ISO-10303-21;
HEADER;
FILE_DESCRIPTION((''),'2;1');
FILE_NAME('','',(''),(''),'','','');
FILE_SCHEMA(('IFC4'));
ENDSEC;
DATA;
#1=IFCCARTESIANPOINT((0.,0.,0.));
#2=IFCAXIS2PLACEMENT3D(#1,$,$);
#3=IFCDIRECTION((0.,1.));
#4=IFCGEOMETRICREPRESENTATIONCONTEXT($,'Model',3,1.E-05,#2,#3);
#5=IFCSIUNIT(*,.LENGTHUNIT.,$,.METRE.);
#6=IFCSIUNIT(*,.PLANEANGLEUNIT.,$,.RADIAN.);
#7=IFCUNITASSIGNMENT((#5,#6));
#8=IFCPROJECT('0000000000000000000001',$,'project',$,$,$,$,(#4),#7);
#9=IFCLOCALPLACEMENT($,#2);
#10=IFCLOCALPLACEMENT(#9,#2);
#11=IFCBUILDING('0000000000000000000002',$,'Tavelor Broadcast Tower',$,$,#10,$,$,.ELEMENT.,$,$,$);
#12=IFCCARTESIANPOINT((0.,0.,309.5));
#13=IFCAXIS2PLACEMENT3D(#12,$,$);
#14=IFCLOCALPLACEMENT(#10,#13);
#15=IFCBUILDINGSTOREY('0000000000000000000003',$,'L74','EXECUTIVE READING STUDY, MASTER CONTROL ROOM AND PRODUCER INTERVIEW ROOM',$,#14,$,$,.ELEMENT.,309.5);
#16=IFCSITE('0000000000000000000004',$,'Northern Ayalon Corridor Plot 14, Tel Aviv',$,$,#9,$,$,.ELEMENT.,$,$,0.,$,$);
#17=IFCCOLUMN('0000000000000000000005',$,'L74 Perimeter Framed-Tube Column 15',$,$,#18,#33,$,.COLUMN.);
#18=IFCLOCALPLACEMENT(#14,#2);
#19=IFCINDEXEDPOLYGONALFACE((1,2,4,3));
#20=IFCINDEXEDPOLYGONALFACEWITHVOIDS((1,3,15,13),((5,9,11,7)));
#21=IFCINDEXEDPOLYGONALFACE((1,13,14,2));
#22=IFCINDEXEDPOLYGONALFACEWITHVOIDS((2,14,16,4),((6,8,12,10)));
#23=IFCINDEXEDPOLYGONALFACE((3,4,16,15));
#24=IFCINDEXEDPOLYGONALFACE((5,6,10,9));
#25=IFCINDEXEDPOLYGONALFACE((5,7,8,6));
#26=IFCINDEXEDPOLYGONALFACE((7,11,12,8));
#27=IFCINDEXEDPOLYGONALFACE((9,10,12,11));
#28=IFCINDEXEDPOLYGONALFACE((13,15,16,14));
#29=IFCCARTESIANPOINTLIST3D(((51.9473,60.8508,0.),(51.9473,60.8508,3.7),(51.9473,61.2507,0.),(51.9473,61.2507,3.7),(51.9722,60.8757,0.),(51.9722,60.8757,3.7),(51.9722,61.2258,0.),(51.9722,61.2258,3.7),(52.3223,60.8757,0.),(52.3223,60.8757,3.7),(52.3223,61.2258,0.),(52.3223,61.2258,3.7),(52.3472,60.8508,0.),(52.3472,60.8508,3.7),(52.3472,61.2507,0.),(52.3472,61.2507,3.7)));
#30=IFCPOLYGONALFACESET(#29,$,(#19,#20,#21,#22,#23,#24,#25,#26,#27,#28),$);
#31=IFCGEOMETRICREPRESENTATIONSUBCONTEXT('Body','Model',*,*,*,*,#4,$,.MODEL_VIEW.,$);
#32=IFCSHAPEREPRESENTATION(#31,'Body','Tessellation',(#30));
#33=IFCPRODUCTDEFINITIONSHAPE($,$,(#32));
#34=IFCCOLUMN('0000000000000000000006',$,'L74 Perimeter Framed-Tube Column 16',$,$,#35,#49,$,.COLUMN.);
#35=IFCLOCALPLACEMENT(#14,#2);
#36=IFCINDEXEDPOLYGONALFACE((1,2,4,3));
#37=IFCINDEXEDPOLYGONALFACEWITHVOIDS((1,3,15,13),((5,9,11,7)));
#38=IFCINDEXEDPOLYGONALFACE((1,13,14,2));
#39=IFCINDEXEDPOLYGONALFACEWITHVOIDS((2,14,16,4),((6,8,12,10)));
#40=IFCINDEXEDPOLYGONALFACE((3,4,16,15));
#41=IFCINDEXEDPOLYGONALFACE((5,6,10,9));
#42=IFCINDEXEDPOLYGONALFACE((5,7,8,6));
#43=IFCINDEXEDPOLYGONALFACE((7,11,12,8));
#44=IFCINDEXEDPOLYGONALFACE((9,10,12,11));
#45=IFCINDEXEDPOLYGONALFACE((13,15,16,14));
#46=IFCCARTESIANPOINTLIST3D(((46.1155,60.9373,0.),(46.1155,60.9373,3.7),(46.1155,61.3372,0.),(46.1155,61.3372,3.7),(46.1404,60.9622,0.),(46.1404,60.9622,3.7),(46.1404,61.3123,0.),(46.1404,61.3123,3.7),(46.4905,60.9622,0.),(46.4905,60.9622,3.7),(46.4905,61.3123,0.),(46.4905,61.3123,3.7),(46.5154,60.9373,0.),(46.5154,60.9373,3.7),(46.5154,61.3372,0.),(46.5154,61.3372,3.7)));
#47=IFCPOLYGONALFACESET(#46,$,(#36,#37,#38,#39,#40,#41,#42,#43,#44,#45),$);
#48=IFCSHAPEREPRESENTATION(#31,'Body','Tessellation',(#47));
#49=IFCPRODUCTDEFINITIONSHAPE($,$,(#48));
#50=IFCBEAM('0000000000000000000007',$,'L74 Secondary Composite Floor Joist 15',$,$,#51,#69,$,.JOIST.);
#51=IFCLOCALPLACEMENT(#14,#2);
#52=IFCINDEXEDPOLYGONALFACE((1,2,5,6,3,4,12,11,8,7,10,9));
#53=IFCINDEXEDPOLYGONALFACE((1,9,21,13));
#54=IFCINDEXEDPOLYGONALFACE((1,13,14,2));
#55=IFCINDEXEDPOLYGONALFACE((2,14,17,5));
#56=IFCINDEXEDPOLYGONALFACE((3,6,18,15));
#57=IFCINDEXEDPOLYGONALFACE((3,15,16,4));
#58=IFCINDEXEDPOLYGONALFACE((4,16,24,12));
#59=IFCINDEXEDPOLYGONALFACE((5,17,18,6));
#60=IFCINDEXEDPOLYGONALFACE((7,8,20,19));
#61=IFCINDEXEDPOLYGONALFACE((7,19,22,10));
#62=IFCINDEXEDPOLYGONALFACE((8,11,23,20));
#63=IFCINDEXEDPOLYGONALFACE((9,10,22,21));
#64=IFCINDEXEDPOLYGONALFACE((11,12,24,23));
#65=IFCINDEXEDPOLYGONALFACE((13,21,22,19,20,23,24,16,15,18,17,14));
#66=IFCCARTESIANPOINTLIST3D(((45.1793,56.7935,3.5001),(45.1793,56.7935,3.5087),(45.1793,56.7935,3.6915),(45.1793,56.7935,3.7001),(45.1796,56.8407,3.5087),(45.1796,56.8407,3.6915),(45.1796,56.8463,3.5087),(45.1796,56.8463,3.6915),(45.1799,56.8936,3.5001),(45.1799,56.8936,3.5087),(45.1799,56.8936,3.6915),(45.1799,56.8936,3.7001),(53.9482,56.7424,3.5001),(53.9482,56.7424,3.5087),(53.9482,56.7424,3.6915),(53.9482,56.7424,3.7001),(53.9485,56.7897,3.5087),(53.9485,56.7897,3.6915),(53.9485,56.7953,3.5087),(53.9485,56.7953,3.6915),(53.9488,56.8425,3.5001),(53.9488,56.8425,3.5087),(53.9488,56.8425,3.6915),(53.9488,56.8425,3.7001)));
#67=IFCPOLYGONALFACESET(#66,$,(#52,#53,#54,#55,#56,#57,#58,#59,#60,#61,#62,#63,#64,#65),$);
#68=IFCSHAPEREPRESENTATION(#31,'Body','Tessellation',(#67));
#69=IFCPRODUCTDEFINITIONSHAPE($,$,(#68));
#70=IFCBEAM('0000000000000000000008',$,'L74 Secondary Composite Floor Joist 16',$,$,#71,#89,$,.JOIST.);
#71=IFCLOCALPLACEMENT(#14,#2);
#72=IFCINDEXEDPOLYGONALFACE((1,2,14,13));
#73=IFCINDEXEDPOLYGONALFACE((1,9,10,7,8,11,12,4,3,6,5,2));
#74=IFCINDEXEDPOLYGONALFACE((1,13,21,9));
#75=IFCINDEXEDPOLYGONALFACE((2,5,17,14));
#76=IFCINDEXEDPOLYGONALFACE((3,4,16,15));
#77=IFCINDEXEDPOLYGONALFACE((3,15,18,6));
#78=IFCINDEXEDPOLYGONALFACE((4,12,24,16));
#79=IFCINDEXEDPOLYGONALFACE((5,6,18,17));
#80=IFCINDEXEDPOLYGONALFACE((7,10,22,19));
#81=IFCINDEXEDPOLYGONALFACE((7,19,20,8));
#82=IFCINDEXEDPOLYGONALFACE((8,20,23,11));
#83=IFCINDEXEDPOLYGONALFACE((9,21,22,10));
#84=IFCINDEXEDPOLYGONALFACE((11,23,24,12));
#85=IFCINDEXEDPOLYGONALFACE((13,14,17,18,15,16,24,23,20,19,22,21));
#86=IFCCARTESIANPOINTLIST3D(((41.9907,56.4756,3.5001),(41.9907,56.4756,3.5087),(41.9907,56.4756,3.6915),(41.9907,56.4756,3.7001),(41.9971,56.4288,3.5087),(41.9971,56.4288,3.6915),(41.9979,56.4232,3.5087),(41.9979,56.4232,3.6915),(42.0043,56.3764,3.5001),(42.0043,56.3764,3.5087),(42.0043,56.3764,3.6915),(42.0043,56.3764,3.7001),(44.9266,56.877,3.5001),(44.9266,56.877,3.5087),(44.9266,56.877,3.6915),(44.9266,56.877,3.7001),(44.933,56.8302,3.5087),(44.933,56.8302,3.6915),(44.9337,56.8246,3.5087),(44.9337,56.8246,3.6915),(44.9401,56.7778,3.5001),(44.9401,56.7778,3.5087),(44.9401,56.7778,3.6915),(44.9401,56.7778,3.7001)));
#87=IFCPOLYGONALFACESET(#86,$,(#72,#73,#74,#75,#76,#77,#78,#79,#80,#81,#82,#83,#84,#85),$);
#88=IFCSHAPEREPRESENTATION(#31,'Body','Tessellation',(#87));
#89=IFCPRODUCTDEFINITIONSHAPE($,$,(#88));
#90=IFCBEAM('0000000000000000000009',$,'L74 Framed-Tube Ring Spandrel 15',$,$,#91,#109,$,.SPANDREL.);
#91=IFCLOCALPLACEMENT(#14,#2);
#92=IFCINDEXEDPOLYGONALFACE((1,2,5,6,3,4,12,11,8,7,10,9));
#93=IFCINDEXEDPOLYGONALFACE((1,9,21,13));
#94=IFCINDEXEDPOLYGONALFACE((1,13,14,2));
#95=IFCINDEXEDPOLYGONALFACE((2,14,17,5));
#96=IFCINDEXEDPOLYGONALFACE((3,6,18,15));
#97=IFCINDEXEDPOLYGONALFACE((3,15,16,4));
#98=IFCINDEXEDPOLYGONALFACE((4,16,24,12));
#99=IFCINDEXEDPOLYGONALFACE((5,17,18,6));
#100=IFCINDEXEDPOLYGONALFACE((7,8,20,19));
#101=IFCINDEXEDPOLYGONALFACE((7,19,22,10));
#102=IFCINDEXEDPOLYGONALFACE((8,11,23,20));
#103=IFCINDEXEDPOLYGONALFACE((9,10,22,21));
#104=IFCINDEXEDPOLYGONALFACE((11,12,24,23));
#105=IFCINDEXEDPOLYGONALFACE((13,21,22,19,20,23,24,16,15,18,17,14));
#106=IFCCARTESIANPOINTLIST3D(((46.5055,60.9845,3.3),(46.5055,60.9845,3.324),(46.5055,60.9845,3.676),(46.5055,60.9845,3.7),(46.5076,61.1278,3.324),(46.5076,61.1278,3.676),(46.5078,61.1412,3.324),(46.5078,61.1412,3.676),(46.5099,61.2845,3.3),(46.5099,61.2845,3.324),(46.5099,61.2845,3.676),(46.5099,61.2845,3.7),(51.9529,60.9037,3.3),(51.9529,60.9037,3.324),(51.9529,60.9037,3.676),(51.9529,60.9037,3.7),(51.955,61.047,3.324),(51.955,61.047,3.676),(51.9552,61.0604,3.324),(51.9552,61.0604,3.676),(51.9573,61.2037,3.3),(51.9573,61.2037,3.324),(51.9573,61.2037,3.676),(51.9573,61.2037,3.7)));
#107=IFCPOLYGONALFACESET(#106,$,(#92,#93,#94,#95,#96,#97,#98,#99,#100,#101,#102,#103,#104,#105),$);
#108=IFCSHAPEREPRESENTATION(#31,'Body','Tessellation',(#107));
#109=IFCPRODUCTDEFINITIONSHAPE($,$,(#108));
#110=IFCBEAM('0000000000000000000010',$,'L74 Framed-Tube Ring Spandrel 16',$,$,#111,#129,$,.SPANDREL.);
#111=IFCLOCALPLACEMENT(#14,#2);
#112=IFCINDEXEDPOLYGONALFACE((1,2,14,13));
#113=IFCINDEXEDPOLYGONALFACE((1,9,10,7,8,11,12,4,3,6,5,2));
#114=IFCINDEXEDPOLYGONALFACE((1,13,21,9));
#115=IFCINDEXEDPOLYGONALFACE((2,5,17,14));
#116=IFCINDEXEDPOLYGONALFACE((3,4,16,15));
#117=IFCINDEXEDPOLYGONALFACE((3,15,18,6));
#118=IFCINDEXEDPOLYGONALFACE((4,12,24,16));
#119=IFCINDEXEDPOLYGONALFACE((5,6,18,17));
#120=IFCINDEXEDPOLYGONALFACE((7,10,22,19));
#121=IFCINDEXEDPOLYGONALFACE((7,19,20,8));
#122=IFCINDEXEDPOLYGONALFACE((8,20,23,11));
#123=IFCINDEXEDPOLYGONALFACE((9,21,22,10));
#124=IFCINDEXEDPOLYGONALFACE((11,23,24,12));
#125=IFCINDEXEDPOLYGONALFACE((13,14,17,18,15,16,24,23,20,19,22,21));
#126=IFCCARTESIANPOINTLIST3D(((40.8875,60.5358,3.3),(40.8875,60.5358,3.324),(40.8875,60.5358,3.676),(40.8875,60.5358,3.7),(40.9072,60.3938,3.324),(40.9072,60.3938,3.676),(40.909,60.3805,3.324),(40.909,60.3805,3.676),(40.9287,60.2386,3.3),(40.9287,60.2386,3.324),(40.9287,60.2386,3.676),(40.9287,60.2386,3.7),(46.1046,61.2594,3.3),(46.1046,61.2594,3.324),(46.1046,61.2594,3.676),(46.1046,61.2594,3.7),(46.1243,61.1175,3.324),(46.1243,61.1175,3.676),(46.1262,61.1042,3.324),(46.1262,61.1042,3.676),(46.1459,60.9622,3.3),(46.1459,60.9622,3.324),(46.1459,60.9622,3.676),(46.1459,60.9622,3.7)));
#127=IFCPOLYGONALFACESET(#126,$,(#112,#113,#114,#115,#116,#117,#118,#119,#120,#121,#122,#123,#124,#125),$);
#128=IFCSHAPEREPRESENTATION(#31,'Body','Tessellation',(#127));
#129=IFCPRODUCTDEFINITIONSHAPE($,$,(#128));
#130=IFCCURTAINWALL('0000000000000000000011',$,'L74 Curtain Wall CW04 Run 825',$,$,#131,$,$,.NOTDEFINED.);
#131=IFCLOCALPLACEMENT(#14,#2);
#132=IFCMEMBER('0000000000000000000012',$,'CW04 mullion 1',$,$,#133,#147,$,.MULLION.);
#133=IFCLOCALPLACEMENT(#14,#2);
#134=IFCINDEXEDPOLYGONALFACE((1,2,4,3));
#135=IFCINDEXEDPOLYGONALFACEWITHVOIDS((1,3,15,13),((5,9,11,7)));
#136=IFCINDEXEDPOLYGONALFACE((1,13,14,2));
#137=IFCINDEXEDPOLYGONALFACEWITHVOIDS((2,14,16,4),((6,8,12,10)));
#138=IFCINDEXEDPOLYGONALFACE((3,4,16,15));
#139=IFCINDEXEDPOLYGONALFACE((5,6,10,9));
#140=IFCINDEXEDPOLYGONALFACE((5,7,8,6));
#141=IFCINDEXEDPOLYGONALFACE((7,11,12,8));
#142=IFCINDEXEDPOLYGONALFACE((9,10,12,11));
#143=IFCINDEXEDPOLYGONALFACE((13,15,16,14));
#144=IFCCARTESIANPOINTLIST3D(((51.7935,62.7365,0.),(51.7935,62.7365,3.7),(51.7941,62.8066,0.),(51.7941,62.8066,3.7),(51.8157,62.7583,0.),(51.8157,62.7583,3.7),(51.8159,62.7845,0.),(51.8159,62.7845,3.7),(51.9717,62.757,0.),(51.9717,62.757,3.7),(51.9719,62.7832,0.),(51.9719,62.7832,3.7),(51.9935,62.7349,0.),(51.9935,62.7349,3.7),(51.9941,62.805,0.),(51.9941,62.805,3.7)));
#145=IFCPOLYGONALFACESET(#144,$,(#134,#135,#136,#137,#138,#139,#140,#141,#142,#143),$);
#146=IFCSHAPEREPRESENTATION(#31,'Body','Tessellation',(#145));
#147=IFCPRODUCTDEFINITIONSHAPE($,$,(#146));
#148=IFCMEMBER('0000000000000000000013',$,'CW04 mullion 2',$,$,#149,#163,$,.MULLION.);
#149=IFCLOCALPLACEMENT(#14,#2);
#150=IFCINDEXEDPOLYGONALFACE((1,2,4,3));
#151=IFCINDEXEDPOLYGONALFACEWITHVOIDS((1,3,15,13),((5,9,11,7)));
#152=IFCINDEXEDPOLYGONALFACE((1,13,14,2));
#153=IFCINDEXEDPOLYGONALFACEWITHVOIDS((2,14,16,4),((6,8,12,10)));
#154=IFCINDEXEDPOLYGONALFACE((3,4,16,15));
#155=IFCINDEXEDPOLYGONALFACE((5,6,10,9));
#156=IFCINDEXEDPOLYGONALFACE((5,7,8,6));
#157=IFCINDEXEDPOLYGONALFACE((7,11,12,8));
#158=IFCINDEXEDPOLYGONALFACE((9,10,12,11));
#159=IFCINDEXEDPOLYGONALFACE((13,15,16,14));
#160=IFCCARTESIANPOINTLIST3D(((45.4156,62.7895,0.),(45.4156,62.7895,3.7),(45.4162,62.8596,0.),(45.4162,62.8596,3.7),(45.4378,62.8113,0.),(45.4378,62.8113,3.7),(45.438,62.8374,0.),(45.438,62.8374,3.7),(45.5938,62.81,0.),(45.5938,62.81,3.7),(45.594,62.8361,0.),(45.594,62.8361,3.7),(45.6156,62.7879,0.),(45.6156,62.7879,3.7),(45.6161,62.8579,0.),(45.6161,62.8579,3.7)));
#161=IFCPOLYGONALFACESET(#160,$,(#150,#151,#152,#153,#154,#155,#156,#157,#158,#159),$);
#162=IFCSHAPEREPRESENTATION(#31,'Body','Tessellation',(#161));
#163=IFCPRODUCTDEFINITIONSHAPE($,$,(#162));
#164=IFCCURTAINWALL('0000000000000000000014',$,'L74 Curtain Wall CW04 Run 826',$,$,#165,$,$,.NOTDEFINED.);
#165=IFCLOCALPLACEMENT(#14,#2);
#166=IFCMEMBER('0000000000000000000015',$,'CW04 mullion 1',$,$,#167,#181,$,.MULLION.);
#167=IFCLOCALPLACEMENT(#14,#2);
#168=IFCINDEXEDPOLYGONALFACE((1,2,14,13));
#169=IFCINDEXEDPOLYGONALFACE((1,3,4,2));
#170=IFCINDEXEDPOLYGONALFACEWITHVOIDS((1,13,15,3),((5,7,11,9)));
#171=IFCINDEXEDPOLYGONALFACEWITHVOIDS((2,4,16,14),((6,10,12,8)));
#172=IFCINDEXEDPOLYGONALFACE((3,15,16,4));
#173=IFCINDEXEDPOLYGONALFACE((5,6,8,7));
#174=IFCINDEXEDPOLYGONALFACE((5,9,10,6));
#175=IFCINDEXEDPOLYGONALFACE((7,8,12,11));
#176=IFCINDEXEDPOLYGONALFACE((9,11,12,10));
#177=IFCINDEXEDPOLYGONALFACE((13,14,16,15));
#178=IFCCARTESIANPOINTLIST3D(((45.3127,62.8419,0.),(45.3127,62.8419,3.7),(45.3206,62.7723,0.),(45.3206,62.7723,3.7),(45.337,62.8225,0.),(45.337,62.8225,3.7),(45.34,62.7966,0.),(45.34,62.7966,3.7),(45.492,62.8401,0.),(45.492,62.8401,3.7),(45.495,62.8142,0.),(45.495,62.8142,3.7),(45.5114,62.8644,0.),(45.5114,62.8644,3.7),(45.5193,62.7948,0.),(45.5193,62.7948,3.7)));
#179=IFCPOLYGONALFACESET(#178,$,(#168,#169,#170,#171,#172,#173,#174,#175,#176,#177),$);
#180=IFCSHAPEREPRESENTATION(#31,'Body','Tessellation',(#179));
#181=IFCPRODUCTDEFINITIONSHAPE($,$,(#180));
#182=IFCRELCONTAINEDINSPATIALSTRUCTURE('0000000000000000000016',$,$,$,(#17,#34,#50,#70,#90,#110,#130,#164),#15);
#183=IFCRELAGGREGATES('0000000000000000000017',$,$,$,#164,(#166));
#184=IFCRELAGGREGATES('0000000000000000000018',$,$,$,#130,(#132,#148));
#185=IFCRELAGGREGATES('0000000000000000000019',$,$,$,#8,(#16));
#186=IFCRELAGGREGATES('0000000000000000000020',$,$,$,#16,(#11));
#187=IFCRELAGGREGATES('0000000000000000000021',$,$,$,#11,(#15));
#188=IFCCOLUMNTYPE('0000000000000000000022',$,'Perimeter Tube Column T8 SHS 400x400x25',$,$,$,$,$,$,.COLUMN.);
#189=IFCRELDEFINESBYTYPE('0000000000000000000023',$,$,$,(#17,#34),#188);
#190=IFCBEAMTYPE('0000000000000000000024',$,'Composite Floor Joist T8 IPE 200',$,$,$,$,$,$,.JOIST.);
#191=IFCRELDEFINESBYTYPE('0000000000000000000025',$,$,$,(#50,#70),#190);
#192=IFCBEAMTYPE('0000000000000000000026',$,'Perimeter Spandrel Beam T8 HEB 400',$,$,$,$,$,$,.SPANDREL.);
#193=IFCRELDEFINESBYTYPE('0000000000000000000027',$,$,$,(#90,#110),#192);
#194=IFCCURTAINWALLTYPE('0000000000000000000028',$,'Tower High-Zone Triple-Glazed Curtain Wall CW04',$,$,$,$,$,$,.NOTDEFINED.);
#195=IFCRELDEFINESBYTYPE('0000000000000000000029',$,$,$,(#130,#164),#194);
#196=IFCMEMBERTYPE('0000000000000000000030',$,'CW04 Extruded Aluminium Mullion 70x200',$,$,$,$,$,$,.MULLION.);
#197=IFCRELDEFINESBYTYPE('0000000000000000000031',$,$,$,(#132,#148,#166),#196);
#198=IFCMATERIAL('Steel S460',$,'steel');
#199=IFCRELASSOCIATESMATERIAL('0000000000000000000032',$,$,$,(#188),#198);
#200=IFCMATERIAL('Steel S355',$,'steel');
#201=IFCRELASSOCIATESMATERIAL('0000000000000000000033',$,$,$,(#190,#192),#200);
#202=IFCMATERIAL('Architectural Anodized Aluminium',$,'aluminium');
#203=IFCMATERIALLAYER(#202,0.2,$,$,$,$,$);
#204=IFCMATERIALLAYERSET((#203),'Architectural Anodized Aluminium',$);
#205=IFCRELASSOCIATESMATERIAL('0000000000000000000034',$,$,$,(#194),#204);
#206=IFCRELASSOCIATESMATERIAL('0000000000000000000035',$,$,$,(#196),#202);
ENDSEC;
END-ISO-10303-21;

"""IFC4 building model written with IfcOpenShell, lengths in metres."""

from ifc_helpers import new_model, si_unit, direction, frame, origin, origin_2d, place, context, subcontext, project, spatial, hollow_rectangle, i_section, extrude, source, transform, mapped, material, layer, layer_set, material_profile, profile_set, type_object, type_shapes, element, aggregate, save


model = new_model("IFC4")

# Units and contexts
model_context = context("Model", 3, precision=1e-05, world=origin(), true_north=direction((0.0, 1.0)))
body_context = subcontext(model_context, "Body", "Model", "MODEL_VIEW")
ifc_project = project(units=[si_unit("LENGTHUNIT", "METRE"), si_unit("PLANEANGLEUNIT", "RADIAN")], contexts=[model_context])

# Site, building, storey
site_placement = place(None, origin())
site = spatial("IfcSite", under=ifc_project, at=site_placement, Name="Northern Ayalon Corridor Plot 14, Tel Aviv", CompositionType="ELEMENT", RefElevation=0.0)
building_placement = place(site_placement, origin())
building = spatial("IfcBuilding", under=site, at=building_placement, Name="Tavelor Broadcast Tower", CompositionType="ELEMENT")
storey_placement = place(building_placement, frame((0.0, 0.0, 309.5)))
storey = spatial("IfcBuildingStorey", under=building, at=storey_placement, Name="L74", Description="EXECUTIVE READING STUDY, MASTER CONTROL ROOM AND PRODUCER INTERVIEW ROOM", CompositionType="ELEMENT", Elevation=309.5)

# Columns
ifc_material_1 = material(Name="Steel S460", Category="steel")
ifc_material_profile_1 = material_profile(ifc_material_1, hollow_rectangle(XDim=0.3999, YDim=0.3999, WallThickness=0.0249, at=origin_2d()), Name="SHS 400x400x25")
ifc_profile_set_1 = profile_set([ifc_material_profile_1], Name="Steel S460")
column_type = type_object("IfcColumnType", Name="Perimeter Tube Column T8 SHS 400x400x25", PredefinedType="COLUMN", material=ifc_profile_set_1)
for number, where, z_axis, x_axis, name in (
    (1, (52.1472, 61.0508, 0.0), (0.0, 0.0, 1.0), (1.0, 0.0, 0.0), "L74 Perimeter Framed-Tube Column 15"),
    (2, (46.3154, 61.1372, 0.0), (0.0, 0.0, 1.0), (1.0, 0.0, 0.0), "L74 Perimeter Framed-Tube Column 16"),
):
    element("IfcColumn", number, at=place(storey_placement, frame(where, z_axis=z_axis, x_axis=x_axis)), inside=storey, type_object=column_type, Name=name, PredefinedType="COLUMN", context=body_context, shape_type="SweptSolid", body=[
        extrude(hollow_rectangle(XDim=0.3999, YDim=0.3999, WallThickness=0.0249, at=origin_2d()), origin(), (0.0, 0.0, 1.0), 3.7),
    ])

# Beams
ifc_material_2 = material(Name="Steel S355", Category="steel")
ifc_material_profile_2 = material_profile(ifc_material_2, i_section(OverallWidth=0.1001, OverallDepth=0.2, WebThickness=0.0056, FlangeThickness=0.0085, at=origin_2d()), Name="IPE 200")
ifc_profile_set_2 = profile_set([ifc_material_profile_2], Name="Steel S355")
beam_type_1 = type_object("IfcBeamType", Name="Composite Floor Joist T8 IPE 200", PredefinedType="JOIST", material=ifc_profile_set_2)
beam_1_placement = place(storey_placement, frame((53.9485, 56.7925, 3.6001), z_axis=(-0.999983, 0.005819, 0.0), x_axis=(-0.005819, -0.999983, 0.0)))
element("IfcBeam", 3, at=beam_1_placement, inside=storey, type_object=beam_type_1, Name="L74 Secondary Composite Floor Joist 15", PredefinedType="JOIST", context=body_context, shape_type="SweptSolid", body=[
    extrude(i_section(OverallWidth=0.1001, OverallDepth=0.2, WebThickness=0.0056, FlangeThickness=0.0085, at=origin_2d()), origin(), (0.0, 0.0, 1.0), 8.769),
])
beam_2_placement = place(storey_placement, frame((44.9333, 56.8274, 3.6001), z_axis=(-0.990783, -0.135455, 0.0), x_axis=(0.135455, -0.990783, 0.0)))
element("IfcBeam", 4, at=beam_2_placement, inside=storey, type_object=beam_type_1, Name="L74 Secondary Composite Floor Joist 16", PredefinedType="JOIST", context=body_context, shape_type="SweptSolid", body=[
    extrude(i_section(OverallWidth=0.1001, OverallDepth=0.2, WebThickness=0.0056, FlangeThickness=0.0085, at=origin_2d()), origin(), (0.0, 0.0, 1.0), 2.9631),
])
ifc_material_profile_3 = material_profile(ifc_material_2, i_section(OverallWidth=0.3, OverallDepth=0.3999, WebThickness=0.0134, FlangeThickness=0.0239, at=origin_2d()), Name="HEB 400")
ifc_profile_set_3 = profile_set([ifc_material_profile_3], Name="Steel S355")
beam_type_2 = type_object("IfcBeamType", Name="Perimeter Spandrel Beam T8 HEB 400", PredefinedType="SPANDREL", material=ifc_profile_set_3)
beam_3_placement = place(storey_placement, frame((51.9551, 61.0537, 3.5), z_axis=(-0.99989, 0.014833, 0.0), x_axis=(-0.014833, -0.99989, 0.0)))
element("IfcBeam", 5, at=beam_3_placement, inside=storey, type_object=beam_type_2, Name="L74 Framed-Tube Ring Spandrel 15", PredefinedType="SPANDREL", context=body_context, shape_type="SweptSolid", body=[
    extrude(i_section(OverallWidth=0.3, OverallDepth=0.3999, WebThickness=0.0134, FlangeThickness=0.0239, at=origin_2d()), origin(), (0.0, 0.0, 1.0), 5.448),
])
beam_4_placement = place(storey_placement, frame((46.1252, 61.1108, 3.5), z_axis=(-0.990517, -0.13739, 0.0), x_axis=(0.13739, -0.990517, 0.0)))
element("IfcBeam", 6, at=beam_4_placement, inside=storey, type_object=beam_type_2, Name="L74 Framed-Tube Ring Spandrel 16", PredefinedType="SPANDREL", context=body_context, shape_type="SweptSolid", body=[
    extrude(i_section(OverallWidth=0.3, OverallDepth=0.3999, WebThickness=0.0134, FlangeThickness=0.0239, at=origin_2d()), origin(), (0.0, 0.0, 1.0), 5.2671),
])

# Curtain wall, members
ifc_material_3 = material(Name="Architectural Anodized Aluminium", Category="aluminium")
ifc_layer_1 = layer(ifc_material_3, 0.2)
ifc_layer_set_1 = layer_set([ifc_layer_1], Name="Architectural Anodized Aluminium")
curtain_wall_type = type_object("IfcCurtainWallType", Name="Tower High-Zone Triple-Glazed Curtain Wall CW04", PredefinedType="NOTDEFINED", material=ifc_layer_set_1)
curtain_wall_1_placement = place(storey_placement, origin())
curtain_wall_1 = element("IfcCurtainWall", 7, at=curtain_wall_1_placement, inside=storey, type_object=curtain_wall_type, Name="L74 Curtain Wall CW04 Run 825", PredefinedType="NOTDEFINED")
ifc_material_profile_4 = material_profile(ifc_material_3, hollow_rectangle(XDim=0.0701, YDim=0.2, WallThickness=0.022, at=origin_2d()), Name="RHS 70x200x22")
ifc_profile_set_4 = profile_set([ifc_material_profile_4], Name="Architectural Anodized Aluminium")
member_type_1 = type_object("IfcMemberType", Name="CW04 Extruded Aluminium Mullion 70x200", PredefinedType="MULLION", material=ifc_profile_set_4)
shared_shape_1 = source(origin(), body_context, "Body", "SweptSolid", [
    extrude(hollow_rectangle(XDim=0.0701, YDim=0.2, WallThickness=0.022, at=origin_2d()), origin(), (0.0, 0.0, 1.0), 3.7),
])
type_shapes(member_type_1, [shared_shape_1])
member_1_placement = place(storey_placement, frame((51.8938, 62.7708, 0.0), z_axis=(0.0, 0.0, 1.0), x_axis=(-0.008297, -0.999966, 0.0)))
member_1 = element("IfcMember", 8, at=member_1_placement, type_object=member_type_1, Name="CW04 mullion 1", PredefinedType="MULLION", context=body_context, shape_type="MappedRepresentation", body=[
    mapped(shared_shape_1, transform((0.0, 0.0, 0.0), scale=1.0)),
])
member_2_placement = place(storey_placement, frame((45.5159, 62.8237, 0.0), z_axis=(0.0, 0.0, 1.0), x_axis=(-0.008297, -0.999966, 0.0)))
member_2 = element("IfcMember", 9, at=member_2_placement, type_object=member_type_1, Name="CW04 mullion 2", PredefinedType="MULLION", context=body_context, shape_type="MappedRepresentation", body=[
    mapped(shared_shape_1, transform((0.0, 0.0, 0.0), scale=1.0)),
])

# Curtain wall, member
curtain_wall_2_placement = place(storey_placement, origin())
curtain_wall_2 = element("IfcCurtainWall", 10, at=curtain_wall_2_placement, inside=storey, type_object=curtain_wall_type, Name="L74 Curtain Wall CW04 Run 826", PredefinedType="NOTDEFINED")
member_3_placement = place(storey_placement, frame((45.416, 62.8184, 0.0), z_axis=(0.0, 0.0, 1.0), x_axis=(0.112774, -0.993621, 0.0)))
member_3 = element("IfcMember", 11, at=member_3_placement, type_object=member_type_1, Name="CW04 mullion 1", PredefinedType="MULLION", context=body_context, shape_type="MappedRepresentation", body=[
    mapped(shared_shape_1, transform((0.0, 0.0, 0.0), scale=1.0)),
])

aggregate(curtain_wall_2, [member_3])

aggregate(curtain_wall_1, [member_1, member_2])

save(model, "model.ifc")
